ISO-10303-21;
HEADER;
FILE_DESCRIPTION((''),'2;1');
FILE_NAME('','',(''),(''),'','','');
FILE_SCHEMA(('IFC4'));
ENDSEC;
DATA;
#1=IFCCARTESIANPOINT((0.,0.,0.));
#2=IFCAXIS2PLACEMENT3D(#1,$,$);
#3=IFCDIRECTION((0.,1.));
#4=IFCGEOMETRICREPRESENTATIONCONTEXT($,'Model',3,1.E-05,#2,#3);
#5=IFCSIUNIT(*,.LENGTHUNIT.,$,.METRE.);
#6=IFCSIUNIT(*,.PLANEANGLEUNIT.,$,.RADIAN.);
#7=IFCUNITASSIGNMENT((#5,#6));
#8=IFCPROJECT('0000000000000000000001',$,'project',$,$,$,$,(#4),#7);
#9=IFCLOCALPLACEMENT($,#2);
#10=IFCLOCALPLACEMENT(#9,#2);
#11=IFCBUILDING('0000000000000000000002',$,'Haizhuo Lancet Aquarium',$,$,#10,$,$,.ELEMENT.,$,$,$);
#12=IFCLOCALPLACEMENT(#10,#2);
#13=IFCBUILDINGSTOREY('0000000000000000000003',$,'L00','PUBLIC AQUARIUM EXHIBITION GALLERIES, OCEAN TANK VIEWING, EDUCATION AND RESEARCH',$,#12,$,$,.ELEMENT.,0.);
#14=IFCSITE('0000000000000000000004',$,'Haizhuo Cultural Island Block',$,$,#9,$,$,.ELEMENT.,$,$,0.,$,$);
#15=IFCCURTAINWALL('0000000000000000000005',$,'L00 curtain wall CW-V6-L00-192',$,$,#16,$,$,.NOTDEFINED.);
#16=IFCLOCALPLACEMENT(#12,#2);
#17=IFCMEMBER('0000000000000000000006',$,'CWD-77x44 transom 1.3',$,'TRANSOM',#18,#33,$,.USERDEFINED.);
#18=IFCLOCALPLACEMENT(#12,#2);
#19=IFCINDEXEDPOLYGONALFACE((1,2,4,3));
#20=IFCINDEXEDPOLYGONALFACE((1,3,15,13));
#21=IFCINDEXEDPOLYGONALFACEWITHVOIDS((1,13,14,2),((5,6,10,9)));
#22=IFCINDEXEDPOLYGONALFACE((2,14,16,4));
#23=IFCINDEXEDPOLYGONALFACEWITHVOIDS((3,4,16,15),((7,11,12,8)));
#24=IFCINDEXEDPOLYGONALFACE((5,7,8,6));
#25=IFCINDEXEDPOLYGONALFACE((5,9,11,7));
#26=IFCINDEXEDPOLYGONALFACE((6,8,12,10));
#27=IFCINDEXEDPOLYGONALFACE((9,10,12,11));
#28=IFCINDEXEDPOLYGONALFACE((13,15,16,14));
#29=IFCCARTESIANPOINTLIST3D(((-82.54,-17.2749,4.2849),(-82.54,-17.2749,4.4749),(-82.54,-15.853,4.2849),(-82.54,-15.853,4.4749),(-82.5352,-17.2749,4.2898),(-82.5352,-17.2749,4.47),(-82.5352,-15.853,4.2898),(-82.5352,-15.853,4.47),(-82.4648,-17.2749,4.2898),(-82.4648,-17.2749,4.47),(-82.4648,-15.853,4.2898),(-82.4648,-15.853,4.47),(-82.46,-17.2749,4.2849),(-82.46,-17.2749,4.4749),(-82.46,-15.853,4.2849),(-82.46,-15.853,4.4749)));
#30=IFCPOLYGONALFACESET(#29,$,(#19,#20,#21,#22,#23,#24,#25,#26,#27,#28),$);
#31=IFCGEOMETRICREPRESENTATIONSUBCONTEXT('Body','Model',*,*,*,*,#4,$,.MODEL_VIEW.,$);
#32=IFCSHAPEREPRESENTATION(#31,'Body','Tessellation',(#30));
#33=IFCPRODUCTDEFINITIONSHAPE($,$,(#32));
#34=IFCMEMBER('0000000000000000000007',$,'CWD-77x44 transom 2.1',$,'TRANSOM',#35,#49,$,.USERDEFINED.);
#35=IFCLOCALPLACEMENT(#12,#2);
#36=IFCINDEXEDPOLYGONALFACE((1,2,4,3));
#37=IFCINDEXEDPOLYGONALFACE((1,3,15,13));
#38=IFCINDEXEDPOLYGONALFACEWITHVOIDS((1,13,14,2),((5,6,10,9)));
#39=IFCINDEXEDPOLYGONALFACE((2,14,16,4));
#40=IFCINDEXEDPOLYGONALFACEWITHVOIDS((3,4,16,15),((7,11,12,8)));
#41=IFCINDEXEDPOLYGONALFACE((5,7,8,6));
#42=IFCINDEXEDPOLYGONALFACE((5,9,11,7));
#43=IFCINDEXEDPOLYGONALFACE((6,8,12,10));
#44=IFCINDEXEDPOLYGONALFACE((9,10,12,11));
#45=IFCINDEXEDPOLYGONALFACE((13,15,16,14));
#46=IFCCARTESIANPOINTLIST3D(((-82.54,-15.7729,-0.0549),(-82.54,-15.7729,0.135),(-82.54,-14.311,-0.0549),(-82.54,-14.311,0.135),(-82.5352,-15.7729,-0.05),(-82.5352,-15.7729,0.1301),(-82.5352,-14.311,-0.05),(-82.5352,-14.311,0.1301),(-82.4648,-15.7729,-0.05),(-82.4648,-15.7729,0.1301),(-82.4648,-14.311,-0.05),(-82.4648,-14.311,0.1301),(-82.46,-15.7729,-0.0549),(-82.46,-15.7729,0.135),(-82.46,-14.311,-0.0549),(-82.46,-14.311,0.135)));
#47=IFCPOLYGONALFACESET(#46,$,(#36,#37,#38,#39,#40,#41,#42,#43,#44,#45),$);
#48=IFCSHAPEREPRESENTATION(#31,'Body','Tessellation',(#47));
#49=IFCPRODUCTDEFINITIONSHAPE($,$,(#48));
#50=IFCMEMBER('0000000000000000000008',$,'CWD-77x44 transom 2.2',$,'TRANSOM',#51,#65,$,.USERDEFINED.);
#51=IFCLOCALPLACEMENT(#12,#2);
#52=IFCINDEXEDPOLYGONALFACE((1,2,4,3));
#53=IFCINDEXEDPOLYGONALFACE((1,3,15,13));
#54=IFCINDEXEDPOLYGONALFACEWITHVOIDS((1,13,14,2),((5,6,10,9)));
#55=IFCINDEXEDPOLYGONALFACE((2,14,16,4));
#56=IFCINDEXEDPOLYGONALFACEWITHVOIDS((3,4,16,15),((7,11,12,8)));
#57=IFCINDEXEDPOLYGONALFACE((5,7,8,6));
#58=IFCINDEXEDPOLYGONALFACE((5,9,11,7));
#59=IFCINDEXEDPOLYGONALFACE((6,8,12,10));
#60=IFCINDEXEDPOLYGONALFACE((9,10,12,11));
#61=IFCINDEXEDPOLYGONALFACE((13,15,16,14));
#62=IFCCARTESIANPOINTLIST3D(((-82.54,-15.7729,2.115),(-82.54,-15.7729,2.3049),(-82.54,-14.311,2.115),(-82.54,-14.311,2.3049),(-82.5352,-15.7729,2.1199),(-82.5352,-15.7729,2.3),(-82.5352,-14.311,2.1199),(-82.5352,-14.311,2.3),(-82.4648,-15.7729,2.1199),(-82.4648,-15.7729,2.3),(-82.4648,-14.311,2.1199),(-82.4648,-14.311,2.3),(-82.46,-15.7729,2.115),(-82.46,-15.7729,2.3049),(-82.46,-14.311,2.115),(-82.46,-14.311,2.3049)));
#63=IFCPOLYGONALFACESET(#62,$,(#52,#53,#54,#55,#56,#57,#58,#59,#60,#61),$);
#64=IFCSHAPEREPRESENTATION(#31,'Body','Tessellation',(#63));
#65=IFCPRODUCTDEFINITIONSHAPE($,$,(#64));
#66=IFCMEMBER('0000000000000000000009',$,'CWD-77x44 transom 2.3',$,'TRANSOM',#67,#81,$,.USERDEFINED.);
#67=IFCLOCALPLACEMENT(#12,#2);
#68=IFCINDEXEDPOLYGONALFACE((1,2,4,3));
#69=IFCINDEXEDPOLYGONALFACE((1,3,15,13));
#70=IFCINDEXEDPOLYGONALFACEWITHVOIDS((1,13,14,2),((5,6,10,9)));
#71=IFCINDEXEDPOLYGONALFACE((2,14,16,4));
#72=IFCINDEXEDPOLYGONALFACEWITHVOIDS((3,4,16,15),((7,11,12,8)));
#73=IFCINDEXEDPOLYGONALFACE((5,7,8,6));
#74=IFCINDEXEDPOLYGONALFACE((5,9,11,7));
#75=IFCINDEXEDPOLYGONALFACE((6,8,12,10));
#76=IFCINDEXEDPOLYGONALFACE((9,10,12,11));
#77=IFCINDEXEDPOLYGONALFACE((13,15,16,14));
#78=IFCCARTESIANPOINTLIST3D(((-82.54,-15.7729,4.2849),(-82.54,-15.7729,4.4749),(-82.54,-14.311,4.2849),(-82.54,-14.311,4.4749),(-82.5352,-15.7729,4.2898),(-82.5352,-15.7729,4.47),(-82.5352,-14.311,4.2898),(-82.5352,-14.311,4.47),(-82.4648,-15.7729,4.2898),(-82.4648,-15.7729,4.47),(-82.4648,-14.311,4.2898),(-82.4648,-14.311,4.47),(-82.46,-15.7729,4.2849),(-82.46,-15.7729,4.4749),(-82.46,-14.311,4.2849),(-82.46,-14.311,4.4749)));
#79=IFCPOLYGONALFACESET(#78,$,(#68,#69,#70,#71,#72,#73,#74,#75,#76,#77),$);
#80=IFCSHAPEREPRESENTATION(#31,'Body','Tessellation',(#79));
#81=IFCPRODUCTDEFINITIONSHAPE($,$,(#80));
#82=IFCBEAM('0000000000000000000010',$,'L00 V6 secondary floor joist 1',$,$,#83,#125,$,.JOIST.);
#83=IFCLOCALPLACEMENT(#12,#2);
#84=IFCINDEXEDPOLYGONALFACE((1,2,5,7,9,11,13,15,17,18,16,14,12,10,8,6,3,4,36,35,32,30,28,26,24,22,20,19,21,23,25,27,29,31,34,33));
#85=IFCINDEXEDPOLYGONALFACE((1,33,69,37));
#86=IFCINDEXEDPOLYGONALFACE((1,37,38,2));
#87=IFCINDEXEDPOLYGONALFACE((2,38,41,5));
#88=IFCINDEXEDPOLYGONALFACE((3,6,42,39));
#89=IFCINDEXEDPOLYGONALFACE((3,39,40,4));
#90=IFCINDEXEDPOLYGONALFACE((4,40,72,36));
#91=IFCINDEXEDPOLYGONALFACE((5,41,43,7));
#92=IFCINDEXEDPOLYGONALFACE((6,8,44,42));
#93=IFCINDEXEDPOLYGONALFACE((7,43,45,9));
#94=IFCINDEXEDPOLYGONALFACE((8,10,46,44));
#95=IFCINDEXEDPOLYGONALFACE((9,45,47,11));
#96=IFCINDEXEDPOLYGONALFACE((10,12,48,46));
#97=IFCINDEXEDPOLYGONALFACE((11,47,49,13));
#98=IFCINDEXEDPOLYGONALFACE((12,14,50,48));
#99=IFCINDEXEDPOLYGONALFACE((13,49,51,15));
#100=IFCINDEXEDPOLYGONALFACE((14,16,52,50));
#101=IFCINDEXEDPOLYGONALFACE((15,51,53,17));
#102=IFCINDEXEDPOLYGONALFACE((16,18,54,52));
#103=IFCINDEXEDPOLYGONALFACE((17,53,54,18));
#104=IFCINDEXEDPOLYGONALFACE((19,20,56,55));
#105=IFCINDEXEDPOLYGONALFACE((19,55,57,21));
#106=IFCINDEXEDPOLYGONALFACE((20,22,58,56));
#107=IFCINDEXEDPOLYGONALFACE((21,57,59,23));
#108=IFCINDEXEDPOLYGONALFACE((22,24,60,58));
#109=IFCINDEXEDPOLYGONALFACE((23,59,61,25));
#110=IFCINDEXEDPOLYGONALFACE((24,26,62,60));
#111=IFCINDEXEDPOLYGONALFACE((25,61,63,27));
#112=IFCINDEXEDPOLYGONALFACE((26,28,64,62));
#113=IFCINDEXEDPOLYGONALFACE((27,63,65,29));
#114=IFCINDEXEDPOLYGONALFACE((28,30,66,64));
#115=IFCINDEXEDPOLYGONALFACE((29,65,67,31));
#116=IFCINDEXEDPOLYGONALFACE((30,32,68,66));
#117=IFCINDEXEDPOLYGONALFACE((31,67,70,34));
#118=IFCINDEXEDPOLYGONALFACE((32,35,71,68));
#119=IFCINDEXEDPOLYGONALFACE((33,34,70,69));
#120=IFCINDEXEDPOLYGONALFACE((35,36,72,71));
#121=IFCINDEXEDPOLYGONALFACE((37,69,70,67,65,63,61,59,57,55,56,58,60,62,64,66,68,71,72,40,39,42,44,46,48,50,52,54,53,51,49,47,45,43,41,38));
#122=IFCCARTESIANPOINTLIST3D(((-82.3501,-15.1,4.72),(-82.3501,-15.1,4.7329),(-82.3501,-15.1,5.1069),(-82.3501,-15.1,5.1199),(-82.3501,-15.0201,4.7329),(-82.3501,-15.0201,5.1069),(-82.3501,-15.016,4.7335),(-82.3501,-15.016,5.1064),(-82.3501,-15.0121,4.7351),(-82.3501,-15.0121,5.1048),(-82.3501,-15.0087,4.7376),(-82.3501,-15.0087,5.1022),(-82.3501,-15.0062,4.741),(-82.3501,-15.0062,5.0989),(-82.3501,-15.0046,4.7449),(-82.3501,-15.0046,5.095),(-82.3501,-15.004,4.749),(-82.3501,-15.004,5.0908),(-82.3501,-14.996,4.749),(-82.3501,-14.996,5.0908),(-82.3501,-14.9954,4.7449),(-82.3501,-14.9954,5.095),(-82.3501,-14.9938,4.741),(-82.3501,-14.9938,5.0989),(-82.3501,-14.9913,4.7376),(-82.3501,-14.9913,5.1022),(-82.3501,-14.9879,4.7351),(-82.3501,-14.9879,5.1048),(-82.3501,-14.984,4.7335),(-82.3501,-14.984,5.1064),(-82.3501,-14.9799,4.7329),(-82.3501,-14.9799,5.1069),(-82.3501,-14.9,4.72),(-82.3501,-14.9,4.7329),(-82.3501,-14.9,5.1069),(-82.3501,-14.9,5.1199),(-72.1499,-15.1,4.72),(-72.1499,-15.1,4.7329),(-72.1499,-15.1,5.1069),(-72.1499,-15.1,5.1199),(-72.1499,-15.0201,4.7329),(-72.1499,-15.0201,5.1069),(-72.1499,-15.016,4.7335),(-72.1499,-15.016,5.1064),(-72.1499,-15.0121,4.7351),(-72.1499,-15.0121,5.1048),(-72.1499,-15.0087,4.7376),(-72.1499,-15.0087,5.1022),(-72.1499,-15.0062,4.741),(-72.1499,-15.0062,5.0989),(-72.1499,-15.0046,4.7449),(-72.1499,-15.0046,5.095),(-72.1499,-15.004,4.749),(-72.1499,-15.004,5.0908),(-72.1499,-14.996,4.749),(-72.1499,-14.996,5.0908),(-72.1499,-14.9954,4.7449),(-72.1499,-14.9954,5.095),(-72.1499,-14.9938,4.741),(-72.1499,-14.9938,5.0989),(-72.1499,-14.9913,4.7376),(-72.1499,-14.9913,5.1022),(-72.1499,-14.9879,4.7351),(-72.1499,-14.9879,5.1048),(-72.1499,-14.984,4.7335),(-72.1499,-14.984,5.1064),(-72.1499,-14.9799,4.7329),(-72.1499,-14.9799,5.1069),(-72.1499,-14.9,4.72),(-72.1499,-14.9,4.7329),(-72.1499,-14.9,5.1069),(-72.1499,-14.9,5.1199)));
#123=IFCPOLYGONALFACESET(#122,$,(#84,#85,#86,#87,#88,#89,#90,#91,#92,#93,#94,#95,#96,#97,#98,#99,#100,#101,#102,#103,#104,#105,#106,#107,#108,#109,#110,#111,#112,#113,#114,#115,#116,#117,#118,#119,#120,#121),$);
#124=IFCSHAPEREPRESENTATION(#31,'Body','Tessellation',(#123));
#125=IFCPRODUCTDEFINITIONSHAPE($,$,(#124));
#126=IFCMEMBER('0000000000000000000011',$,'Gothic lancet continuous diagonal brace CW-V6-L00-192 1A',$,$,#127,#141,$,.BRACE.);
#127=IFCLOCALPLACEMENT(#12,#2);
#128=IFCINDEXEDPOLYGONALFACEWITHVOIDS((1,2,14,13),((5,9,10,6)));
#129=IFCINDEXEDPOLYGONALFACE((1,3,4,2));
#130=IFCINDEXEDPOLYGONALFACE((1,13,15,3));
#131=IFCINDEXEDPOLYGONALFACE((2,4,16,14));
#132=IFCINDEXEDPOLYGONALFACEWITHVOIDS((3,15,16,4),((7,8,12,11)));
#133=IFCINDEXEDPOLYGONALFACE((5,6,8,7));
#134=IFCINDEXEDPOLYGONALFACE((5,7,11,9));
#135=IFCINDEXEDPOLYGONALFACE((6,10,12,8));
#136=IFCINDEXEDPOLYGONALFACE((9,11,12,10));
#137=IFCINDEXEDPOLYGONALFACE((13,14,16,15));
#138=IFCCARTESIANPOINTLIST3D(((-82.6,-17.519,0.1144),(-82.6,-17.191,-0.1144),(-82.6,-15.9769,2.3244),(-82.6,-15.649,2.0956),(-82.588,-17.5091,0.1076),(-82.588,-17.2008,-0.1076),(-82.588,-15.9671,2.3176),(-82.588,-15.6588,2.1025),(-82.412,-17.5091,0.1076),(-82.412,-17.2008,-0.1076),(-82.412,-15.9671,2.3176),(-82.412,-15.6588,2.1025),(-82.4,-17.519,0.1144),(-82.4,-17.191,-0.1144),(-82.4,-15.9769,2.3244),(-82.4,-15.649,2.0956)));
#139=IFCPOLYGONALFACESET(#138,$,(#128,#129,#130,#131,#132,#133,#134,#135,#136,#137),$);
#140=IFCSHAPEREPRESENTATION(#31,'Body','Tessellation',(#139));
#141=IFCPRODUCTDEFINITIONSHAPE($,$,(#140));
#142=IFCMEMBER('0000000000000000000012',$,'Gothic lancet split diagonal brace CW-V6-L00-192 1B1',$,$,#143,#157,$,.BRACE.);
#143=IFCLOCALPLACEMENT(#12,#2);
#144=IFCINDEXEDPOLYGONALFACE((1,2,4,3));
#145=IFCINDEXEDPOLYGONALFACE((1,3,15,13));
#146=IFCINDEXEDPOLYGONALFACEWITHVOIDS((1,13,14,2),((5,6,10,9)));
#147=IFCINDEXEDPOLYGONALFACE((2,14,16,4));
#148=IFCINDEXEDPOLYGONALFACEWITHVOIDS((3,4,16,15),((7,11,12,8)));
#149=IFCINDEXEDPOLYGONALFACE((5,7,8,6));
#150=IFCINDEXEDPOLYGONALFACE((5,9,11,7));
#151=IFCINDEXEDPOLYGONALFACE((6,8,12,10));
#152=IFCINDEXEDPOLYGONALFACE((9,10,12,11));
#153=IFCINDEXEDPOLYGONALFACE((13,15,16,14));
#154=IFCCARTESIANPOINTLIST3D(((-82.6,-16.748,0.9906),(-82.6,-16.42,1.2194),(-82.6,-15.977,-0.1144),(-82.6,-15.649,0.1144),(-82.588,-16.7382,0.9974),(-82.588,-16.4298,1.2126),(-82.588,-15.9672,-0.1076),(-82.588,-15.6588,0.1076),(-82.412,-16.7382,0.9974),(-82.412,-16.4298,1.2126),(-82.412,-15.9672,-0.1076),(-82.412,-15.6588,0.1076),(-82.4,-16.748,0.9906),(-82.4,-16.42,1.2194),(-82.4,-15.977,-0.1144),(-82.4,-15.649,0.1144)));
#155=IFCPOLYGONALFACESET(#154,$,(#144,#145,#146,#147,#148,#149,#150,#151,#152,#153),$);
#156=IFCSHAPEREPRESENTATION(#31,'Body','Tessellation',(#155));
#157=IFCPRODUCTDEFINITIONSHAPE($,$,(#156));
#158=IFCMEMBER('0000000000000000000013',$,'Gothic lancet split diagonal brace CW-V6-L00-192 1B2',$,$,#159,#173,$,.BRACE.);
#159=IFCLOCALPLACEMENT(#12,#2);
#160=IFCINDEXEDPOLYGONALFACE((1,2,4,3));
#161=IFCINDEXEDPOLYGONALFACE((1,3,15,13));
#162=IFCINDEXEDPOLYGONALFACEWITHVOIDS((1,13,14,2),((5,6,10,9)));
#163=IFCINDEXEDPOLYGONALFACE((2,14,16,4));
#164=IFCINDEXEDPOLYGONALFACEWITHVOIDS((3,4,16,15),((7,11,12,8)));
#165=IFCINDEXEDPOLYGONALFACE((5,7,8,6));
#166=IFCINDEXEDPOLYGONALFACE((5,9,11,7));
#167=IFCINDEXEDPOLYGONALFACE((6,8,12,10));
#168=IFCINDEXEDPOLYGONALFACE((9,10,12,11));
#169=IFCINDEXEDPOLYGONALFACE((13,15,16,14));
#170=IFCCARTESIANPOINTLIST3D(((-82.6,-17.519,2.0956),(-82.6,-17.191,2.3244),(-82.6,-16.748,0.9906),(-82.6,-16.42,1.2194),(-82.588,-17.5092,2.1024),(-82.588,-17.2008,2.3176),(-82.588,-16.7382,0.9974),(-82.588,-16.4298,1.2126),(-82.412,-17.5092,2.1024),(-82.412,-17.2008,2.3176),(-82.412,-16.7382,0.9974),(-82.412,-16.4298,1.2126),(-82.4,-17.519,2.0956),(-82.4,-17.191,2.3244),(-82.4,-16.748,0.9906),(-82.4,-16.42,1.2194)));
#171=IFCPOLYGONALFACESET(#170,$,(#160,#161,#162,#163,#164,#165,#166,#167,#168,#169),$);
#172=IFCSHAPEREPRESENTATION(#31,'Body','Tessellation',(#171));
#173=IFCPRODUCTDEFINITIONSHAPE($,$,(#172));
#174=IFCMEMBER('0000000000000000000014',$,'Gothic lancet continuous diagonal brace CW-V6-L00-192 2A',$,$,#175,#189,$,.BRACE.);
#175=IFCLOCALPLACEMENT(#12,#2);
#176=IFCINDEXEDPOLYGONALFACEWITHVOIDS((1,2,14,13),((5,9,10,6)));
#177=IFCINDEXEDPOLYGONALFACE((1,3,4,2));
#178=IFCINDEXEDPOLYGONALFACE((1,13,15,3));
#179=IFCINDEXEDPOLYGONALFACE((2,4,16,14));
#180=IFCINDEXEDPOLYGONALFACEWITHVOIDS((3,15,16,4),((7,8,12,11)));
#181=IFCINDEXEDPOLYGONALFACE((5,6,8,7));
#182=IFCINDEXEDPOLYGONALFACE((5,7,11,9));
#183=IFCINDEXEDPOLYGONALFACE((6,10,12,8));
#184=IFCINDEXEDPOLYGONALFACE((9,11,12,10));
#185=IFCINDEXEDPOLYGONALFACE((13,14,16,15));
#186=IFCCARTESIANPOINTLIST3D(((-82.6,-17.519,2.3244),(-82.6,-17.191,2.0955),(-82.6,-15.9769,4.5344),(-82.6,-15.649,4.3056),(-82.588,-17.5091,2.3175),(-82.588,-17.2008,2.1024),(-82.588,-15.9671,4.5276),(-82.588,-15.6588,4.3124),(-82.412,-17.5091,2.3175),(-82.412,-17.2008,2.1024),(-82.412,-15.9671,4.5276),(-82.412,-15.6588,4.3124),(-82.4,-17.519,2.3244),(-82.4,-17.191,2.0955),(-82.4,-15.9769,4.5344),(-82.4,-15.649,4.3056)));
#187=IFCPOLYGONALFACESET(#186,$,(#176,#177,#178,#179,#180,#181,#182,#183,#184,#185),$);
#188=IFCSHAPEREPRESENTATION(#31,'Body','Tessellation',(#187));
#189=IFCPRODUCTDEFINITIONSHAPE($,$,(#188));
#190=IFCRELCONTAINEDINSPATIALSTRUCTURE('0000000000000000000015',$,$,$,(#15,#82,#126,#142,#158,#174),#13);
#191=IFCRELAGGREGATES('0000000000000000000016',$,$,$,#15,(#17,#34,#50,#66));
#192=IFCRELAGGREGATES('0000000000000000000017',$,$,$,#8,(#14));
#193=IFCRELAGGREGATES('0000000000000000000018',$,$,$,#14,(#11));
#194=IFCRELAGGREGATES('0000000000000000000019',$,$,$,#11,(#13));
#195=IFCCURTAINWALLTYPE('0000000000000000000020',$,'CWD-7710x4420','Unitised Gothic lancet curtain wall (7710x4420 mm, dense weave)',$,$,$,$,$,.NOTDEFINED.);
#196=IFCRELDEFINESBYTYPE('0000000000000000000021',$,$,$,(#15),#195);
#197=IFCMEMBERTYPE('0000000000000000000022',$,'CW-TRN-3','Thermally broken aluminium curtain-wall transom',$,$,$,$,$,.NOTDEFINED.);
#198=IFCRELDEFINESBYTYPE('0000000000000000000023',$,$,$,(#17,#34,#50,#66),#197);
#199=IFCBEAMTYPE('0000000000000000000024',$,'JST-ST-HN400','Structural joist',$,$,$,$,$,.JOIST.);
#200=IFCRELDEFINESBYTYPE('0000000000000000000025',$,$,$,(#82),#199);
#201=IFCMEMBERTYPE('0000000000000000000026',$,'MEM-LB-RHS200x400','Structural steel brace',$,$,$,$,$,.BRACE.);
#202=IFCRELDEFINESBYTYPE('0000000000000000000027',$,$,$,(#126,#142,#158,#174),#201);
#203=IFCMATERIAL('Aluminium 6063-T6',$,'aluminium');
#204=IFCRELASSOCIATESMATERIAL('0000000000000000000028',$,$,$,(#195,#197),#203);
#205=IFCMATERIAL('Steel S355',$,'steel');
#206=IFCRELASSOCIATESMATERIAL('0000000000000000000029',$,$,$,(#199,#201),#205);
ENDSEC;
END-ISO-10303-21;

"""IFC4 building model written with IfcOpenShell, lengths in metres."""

from ifc_helpers import new_model, si_unit, direction, frame, origin, origin_2d, place, context, subcontext, project, spatial, hollow_rectangle, i_section, extrude, material, material_profile, profile_set, type_object, element, aggregate, save


model = new_model("IFC4")

# Units and contexts
model_context = context("Model", 3, precision=1e-05, world=origin(), true_north=direction((0.0, 1.0)))
body_context = subcontext(model_context, "Body", "Model", "MODEL_VIEW")
ifc_project = project(units=[si_unit("LENGTHUNIT", "METRE"), si_unit("PLANEANGLEUNIT", "RADIAN")], contexts=[model_context])

# Site, building, storey
site_placement = place(None, origin())
site = spatial("IfcSite", under=ifc_project, at=site_placement, Name="Haizhuo Cultural Island Block", CompositionType="ELEMENT", RefElevation=0.0)
building_placement = place(site_placement, origin())
building = spatial("IfcBuilding", under=site, at=building_placement, Name="Haizhuo Lancet Aquarium", CompositionType="ELEMENT")
storey_placement = place(building_placement, origin())
storey = spatial("IfcBuildingStorey", under=building, at=storey_placement, Name="L00", Description="PUBLIC AQUARIUM EXHIBITION GALLERIES, OCEAN TANK VIEWING, EDUCATION AND RESEARCH", CompositionType="ELEMENT", Elevation=0.0)

# Shared definitions
ifc_material_1 = material(Name="Steel S355", Category="steel")

# Curtain wall, members
ifc_material_2 = material(Name="Aluminium 6063-T6", Category="aluminium")
curtain_wall_type = type_object("IfcCurtainWallType", Name="CWD-7710x4420", Description="Unitised Gothic lancet curtain wall (7710x4420 mm, dense weave)", PredefinedType="NOTDEFINED", material=ifc_material_2)
curtain_wall_placement = place(storey_placement, origin())
curtain_wall = element("IfcCurtainWall", 1, at=curtain_wall_placement, inside=storey, type_object=curtain_wall_type, Name="L00 curtain wall CW-V6-L00-192", PredefinedType="NOTDEFINED")
ifc_material_profile_1 = material_profile(ifc_material_2, hollow_rectangle(XDim=0.0801, YDim=0.1899, WallThickness=0.0049, at=origin_2d()), Name="ALU-T 80x190x5")
ifc_profile_set_1 = profile_set([ifc_material_profile_1], Name="Aluminium 6063-T6")
member_type_1 = type_object("IfcMemberType", Name="CW-TRN-3", Description="Thermally broken aluminium curtain-wall transom", PredefinedType="NOTDEFINED", material=ifc_profile_set_1)
member_1_placement = place(storey_placement, frame((-82.5, -17.2749, 4.3799), z_axis=(0.0, 1.0, 0.0), x_axis=(-1.0, 0.0, 0.0)))
member_1 = element("IfcMember", 2, at=member_1_placement, type_object=member_type_1, Name="CWD-77x44 transom 1.3", ObjectType="TRANSOM", PredefinedType="USERDEFINED", context=body_context, shape_type="SweptSolid", body=[
    extrude(hollow_rectangle(XDim=0.0801, YDim=0.1899, WallThickness=0.0049, at=origin_2d()), origin(), (0.0, 0.0, 1.0), 1.4219),
])
member_2_placement = place(storey_placement, frame((-82.5, -15.7729, 0.04), z_axis=(0.0, 1.0, 0.0), x_axis=(-1.0, 0.0, 0.0)))
member_2 = element("IfcMember", 3, at=member_2_placement, type_object=member_type_1, Name="CWD-77x44 transom 2.1", ObjectType="TRANSOM", PredefinedType="USERDEFINED", context=body_context, shape_type="SweptSolid", body=[
    extrude(hollow_rectangle(XDim=0.0801, YDim=0.1899, WallThickness=0.0049, at=origin_2d()), origin(), (0.0, 0.0, 1.0), 1.4619),
])
member_3_placement = place(storey_placement, frame((-82.5, -15.7729, 2.21), z_axis=(0.0, 1.0, 0.0), x_axis=(-1.0, 0.0, 0.0)))
member_3 = element("IfcMember", 4, at=member_3_placement, type_object=member_type_1, Name="CWD-77x44 transom 2.2", ObjectType="TRANSOM", PredefinedType="USERDEFINED", context=body_context, shape_type="SweptSolid", body=[
    extrude(hollow_rectangle(XDim=0.0801, YDim=0.1899, WallThickness=0.0049, at=origin_2d()), origin(), (0.0, 0.0, 1.0), 1.4619),
])
member_4_placement = place(storey_placement, frame((-82.5, -15.7729, 4.3799), z_axis=(0.0, 1.0, 0.0), x_axis=(-1.0, 0.0, 0.0)))
member_4 = element("IfcMember", 5, at=member_4_placement, type_object=member_type_1, Name="CWD-77x44 transom 2.3", ObjectType="TRANSOM", PredefinedType="USERDEFINED", context=body_context, shape_type="SweptSolid", body=[
    extrude(hollow_rectangle(XDim=0.0801, YDim=0.1899, WallThickness=0.0049, at=origin_2d()), origin(), (0.0, 0.0, 1.0), 1.4619),
])

# Beam
ifc_material_profile_2 = material_profile(ifc_material_1, i_section(OverallWidth=0.2, OverallDepth=0.3999, WebThickness=0.0081, FlangeThickness=0.0129, FilletRadius=0.0161, at=origin_2d()), Name="HN 400x200x8x13")
ifc_profile_set_2 = profile_set([ifc_material_profile_2], Name="Steel S355")
beam_type_1 = type_object("IfcBeamType", Name="JST-ST-HN400", Description="Structural joist", PredefinedType="JOIST", material=ifc_profile_set_2)
beam_1_placement = place(storey_placement, frame((-82.3501, -15.0, 4.9199), z_axis=(1.0, 0.0, 0.0), x_axis=(0.0, 1.0, 0.0)))
element("IfcBeam", 6, at=beam_1_placement, inside=storey, type_object=beam_type_1, Name="L00 V6 secondary floor joist 1", PredefinedType="JOIST", context=body_context, shape_type="SweptSolid", body=[
    extrude(i_section(OverallWidth=0.2, OverallDepth=0.3999, WebThickness=0.0081, FlangeThickness=0.0129, FilletRadius=0.0161, at=origin_2d()), origin(), (0.0, 0.0, 1.0), 10.2002),
])

# Members
ifc_material_profile_3 = material_profile(ifc_material_1, hollow_rectangle(XDim=0.2, YDim=0.3999, WallThickness=0.012, at=origin_2d()), Name="RHS 200x400x12")
ifc_profile_set_3 = profile_set([ifc_material_profile_3], Name="Steel S355")
member_type_2 = type_object("IfcMemberType", Name="MEM-LB-RHS200x400", Description="Structural steel brace", PredefinedType="BRACE", material=ifc_profile_set_3)
member_5_placement = place(storey_placement, frame((-82.5, -17.355, 0.0), z_axis=(0.0, 0.572221, 0.820099), x_axis=(-1.0, 0.0, 0.0)))
element("IfcMember", 7, at=member_5_placement, inside=storey, type_object=member_type_2, Name="Gothic lancet continuous diagonal brace CW-V6-L00-192 1A", PredefinedType="BRACE", context=body_context, shape_type="SweptSolid", body=[
    extrude(hollow_rectangle(XDim=0.2, YDim=0.3999, WallThickness=0.012, at=origin_2d()), origin(), (0.0, 0.0, 1.0), 2.6948),
])
for number, where, z_axis, x_axis, name in (
    (8, (-82.5, -15.813, 0.0), (0.0, -0.572221, 0.820099), (1.0, 0.0, 0.0), "Gothic lancet split diagonal brace CW-V6-L00-192 1B1"),
    (9, (-82.5, -16.584, 1.105), (0.0, -0.572221, 0.820099), (1.0, 0.0, 0.0), "Gothic lancet split diagonal brace CW-V6-L00-192 1B2"),
):
    element("IfcMember", number, at=place(storey_placement, frame(where, z_axis=z_axis, x_axis=x_axis)), inside=storey, type_object=member_type_2, Name=name, PredefinedType="BRACE", context=body_context, shape_type="SweptSolid", body=[
        extrude(hollow_rectangle(XDim=0.2, YDim=0.3999, WallThickness=0.012, at=origin_2d()), origin(), (0.0, 0.0, 1.0), 1.3474),
    ])
member_6_placement = place(storey_placement, frame((-82.5, -17.355, 2.21), z_axis=(0.0, 0.572221, 0.820099), x_axis=(-1.0, 0.0, 0.0)))
element("IfcMember", 10, at=member_6_placement, inside=storey, type_object=member_type_2, Name="Gothic lancet continuous diagonal brace CW-V6-L00-192 2A", PredefinedType="BRACE", context=body_context, shape_type="SweptSolid", body=[
    extrude(hollow_rectangle(XDim=0.2, YDim=0.3999, WallThickness=0.012, at=origin_2d()), origin(), (0.0, 0.0, 1.0), 2.6948),
])

aggregate(curtain_wall, [member_1, member_2, member_3, member_4])

save(model, "model.ifc")
